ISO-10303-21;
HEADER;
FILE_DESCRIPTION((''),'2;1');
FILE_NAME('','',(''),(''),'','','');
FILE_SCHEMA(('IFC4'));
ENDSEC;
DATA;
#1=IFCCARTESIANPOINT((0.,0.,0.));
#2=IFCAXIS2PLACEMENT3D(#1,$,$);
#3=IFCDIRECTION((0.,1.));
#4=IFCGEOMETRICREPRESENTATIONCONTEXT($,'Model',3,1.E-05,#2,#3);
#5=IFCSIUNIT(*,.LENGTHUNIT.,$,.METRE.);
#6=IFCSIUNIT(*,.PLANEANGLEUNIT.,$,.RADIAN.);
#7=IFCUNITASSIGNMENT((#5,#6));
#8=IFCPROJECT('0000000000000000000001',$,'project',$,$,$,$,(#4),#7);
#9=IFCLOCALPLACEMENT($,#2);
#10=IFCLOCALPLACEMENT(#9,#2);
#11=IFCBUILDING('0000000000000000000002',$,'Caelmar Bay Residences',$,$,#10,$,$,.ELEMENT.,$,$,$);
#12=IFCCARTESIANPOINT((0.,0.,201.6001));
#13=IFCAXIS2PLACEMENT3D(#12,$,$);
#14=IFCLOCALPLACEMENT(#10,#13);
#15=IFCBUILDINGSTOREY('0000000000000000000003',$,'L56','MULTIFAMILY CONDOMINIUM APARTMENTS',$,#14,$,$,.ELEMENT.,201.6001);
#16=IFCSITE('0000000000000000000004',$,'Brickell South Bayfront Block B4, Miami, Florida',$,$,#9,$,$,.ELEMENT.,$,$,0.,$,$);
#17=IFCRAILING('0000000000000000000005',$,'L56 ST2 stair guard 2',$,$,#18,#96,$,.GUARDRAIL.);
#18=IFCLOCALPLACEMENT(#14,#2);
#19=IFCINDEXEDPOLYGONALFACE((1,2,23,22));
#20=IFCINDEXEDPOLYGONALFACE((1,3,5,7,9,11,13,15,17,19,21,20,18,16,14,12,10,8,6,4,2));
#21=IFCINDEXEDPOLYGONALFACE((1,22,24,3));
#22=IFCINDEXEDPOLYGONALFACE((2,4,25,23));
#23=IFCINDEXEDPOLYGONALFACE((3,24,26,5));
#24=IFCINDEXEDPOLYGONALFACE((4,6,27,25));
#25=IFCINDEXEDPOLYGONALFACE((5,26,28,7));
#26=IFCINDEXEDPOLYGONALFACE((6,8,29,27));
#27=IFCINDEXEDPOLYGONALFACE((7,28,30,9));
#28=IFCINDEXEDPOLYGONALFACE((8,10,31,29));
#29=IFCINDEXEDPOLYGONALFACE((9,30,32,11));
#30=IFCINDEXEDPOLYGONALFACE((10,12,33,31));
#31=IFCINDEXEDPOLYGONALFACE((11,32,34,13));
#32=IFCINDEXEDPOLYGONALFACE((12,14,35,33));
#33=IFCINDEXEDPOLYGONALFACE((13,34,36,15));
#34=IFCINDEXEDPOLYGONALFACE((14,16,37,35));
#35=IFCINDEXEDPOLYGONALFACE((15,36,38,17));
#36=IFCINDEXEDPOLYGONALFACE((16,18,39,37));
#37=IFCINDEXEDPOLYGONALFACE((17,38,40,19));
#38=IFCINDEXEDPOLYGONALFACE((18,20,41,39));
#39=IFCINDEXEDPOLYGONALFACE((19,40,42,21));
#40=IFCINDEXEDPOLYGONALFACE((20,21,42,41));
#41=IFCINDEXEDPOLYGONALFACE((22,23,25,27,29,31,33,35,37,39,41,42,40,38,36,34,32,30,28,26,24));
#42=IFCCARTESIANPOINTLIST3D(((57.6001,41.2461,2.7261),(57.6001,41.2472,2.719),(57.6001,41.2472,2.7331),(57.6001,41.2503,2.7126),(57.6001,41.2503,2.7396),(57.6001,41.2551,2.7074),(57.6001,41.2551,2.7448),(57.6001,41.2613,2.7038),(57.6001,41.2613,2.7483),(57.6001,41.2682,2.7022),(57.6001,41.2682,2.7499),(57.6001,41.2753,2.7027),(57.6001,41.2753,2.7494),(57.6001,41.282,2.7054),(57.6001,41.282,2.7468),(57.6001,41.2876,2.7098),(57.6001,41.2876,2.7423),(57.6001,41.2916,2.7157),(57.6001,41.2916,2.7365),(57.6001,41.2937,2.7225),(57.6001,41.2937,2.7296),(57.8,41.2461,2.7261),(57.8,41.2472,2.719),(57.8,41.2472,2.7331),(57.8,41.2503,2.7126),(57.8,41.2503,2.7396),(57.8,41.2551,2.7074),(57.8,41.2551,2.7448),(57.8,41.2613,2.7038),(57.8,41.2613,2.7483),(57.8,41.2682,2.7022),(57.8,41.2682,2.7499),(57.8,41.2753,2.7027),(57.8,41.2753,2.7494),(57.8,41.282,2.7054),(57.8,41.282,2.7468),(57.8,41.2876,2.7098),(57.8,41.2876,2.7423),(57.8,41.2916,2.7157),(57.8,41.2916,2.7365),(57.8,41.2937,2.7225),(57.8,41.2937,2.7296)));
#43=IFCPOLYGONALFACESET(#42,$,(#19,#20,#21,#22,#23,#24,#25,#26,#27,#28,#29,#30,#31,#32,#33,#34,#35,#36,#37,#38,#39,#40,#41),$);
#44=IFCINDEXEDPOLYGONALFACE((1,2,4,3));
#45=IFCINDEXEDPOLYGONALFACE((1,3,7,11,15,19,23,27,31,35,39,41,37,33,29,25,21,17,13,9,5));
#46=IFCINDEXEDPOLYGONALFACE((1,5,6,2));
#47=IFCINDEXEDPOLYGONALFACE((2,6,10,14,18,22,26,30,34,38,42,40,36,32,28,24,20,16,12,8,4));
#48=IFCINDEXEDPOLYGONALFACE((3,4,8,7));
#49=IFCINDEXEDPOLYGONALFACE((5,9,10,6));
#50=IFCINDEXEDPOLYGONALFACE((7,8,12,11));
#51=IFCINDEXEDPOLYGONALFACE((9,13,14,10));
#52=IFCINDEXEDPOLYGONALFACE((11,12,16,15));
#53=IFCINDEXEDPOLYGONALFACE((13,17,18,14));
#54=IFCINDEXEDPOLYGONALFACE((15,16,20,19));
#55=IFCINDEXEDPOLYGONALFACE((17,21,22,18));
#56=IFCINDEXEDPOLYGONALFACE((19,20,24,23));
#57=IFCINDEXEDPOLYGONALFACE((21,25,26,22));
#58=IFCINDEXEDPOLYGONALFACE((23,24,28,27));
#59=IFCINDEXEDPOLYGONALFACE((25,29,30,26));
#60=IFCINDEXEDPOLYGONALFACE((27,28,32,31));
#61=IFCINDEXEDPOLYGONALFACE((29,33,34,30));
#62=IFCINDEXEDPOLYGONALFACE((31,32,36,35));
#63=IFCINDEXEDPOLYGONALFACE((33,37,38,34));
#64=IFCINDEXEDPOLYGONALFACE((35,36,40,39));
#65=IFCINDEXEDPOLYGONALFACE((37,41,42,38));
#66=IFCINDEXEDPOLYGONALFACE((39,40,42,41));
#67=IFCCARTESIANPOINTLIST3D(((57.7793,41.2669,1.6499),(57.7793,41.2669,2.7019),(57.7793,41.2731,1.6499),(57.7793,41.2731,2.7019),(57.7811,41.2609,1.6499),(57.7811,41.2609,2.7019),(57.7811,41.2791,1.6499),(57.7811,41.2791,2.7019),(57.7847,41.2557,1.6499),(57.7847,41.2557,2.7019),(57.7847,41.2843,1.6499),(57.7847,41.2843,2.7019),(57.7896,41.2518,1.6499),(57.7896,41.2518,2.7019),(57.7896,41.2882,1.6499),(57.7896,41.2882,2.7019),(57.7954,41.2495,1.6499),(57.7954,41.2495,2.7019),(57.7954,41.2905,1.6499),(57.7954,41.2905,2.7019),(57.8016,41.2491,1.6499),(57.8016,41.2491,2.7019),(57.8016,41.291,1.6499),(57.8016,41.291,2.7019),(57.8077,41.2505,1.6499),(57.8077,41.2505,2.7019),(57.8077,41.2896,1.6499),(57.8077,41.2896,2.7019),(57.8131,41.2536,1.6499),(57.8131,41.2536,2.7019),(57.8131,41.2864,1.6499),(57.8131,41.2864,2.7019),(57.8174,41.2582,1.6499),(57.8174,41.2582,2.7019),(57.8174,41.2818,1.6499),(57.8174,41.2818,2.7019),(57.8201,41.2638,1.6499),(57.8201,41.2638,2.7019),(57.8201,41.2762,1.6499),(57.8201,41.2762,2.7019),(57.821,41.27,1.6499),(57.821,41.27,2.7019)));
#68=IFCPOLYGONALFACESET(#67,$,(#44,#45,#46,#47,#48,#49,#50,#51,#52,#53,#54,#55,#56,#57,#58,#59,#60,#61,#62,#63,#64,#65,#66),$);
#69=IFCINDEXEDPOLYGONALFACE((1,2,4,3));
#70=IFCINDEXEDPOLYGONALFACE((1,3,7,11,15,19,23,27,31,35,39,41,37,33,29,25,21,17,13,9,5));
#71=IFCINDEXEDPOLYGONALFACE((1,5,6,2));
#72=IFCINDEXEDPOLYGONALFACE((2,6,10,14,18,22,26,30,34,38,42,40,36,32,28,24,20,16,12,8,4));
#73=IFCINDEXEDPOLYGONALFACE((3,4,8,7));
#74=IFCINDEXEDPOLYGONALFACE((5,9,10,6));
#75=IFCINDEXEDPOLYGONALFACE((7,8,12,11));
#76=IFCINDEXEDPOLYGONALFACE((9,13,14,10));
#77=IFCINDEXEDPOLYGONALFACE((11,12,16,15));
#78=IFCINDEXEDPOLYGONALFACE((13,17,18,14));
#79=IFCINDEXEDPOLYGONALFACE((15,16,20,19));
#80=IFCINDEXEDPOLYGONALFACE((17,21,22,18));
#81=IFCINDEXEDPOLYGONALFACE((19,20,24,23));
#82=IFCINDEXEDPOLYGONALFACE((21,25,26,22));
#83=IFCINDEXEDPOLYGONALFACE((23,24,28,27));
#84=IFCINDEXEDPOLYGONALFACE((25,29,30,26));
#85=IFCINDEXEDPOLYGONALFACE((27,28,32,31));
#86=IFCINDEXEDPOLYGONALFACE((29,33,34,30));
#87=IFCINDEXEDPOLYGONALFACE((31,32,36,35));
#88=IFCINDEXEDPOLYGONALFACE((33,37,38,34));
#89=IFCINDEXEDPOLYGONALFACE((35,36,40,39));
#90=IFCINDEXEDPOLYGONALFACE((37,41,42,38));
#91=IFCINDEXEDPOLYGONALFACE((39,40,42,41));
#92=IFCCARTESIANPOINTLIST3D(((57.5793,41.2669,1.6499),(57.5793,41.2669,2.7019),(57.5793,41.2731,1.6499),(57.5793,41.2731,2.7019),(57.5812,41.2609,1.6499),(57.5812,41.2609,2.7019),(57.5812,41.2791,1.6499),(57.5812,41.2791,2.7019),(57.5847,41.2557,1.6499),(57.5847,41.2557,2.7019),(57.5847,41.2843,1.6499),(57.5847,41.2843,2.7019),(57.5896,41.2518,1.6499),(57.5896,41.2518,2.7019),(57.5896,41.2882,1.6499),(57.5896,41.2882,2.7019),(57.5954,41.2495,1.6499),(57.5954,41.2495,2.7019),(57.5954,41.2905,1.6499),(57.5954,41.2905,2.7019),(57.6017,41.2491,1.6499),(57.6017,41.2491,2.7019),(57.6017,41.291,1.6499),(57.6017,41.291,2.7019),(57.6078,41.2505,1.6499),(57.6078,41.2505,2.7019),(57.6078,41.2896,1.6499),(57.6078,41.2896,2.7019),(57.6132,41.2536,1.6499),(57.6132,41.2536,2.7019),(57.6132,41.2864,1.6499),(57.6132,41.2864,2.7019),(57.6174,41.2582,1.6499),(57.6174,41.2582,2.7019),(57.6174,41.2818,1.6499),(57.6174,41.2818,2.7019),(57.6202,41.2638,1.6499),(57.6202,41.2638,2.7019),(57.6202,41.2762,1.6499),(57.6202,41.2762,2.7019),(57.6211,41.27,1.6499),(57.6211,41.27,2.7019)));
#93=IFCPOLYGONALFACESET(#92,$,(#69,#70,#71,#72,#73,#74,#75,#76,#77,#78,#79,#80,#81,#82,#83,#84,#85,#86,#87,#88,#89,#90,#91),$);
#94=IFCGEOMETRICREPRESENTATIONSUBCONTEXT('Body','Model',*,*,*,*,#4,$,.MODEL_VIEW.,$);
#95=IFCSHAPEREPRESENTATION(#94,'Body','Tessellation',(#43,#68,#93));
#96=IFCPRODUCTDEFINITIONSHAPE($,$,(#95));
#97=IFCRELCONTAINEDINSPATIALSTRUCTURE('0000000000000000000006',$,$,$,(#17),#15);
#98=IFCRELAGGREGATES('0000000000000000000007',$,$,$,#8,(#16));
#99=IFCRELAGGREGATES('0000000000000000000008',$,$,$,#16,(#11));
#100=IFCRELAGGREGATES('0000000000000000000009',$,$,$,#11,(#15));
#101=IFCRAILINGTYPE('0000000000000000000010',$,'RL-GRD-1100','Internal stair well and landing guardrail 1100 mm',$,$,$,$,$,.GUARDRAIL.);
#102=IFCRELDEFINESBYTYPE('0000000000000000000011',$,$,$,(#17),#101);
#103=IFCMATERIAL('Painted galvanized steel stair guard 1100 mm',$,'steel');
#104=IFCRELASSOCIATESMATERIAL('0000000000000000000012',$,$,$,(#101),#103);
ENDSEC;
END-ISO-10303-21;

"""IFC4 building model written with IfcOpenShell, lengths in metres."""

from ifc_helpers import new_model, si_unit, direction, frame, origin, origin_2d, place, context, subcontext, project, spatial, circle, extrude, material, type_object, element, save


model = new_model("IFC4")

# Units and contexts
model_context = context("Model", 3, precision=1e-05, world=origin(), true_north=direction((0.0, 1.0)))
body_context = subcontext(model_context, "Body", "Model", "MODEL_VIEW")
ifc_project = project(units=[si_unit("LENGTHUNIT", "METRE"), si_unit("PLANEANGLEUNIT", "RADIAN")], contexts=[model_context])

# Site, building, storey
site_placement = place(None, origin())
site = spatial("IfcSite", under=ifc_project, at=site_placement, Name="Brickell South Bayfront Block B4, Miami, Florida", CompositionType="ELEMENT", RefElevation=0.0)
building_placement = place(site_placement, origin())
building = spatial("IfcBuilding", under=site, at=building_placement, Name="Caelmar Bay Residences", CompositionType="ELEMENT")
storey_placement = place(building_placement, frame((0.0, 0.0, 201.6001)))
storey = spatial("IfcBuildingStorey", under=building, at=storey_placement, Name="L56", Description="MULTIFAMILY CONDOMINIUM APARTMENTS", CompositionType="ELEMENT", Elevation=201.6001)

# Railing
ifc_material_1 = material(Name="Painted galvanized steel stair guard 1100 mm", Category="steel")
railing_type_1 = type_object("IfcRailingType", Name="RL-GRD-1100", Description="Internal stair well and landing guardrail 1100 mm", PredefinedType="GUARDRAIL", material=ifc_material_1)
railing_1_placement = place(storey_placement, frame((57.8, 41.27, 1.6499)))
element("IfcRailing", 1, at=railing_1_placement, inside=storey, type_object=railing_type_1, Name="L56 ST2 stair guard 2", PredefinedType="GUARDRAIL", context=body_context, shape_type="SweptSolid", body=[
    extrude(circle(Radius=0.0239, at=origin_2d()), frame((0.0, 0.0, 1.0762), z_axis=(-1.0, 0.0, 0.0), x_axis=(0.0, -1.0, 0.0)), (0.0, 0.0, 1.0), 0.2),
    extrude(circle(Radius=0.021, at=origin_2d()), origin(), (0.0, 0.0, 1.0), 1.052),
    extrude(circle(Radius=0.021, at=origin_2d()), frame((-0.2, 0.0, 0.0)), (0.0, 0.0, 1.0), 1.052),
])

save(model, "model.ifc")
